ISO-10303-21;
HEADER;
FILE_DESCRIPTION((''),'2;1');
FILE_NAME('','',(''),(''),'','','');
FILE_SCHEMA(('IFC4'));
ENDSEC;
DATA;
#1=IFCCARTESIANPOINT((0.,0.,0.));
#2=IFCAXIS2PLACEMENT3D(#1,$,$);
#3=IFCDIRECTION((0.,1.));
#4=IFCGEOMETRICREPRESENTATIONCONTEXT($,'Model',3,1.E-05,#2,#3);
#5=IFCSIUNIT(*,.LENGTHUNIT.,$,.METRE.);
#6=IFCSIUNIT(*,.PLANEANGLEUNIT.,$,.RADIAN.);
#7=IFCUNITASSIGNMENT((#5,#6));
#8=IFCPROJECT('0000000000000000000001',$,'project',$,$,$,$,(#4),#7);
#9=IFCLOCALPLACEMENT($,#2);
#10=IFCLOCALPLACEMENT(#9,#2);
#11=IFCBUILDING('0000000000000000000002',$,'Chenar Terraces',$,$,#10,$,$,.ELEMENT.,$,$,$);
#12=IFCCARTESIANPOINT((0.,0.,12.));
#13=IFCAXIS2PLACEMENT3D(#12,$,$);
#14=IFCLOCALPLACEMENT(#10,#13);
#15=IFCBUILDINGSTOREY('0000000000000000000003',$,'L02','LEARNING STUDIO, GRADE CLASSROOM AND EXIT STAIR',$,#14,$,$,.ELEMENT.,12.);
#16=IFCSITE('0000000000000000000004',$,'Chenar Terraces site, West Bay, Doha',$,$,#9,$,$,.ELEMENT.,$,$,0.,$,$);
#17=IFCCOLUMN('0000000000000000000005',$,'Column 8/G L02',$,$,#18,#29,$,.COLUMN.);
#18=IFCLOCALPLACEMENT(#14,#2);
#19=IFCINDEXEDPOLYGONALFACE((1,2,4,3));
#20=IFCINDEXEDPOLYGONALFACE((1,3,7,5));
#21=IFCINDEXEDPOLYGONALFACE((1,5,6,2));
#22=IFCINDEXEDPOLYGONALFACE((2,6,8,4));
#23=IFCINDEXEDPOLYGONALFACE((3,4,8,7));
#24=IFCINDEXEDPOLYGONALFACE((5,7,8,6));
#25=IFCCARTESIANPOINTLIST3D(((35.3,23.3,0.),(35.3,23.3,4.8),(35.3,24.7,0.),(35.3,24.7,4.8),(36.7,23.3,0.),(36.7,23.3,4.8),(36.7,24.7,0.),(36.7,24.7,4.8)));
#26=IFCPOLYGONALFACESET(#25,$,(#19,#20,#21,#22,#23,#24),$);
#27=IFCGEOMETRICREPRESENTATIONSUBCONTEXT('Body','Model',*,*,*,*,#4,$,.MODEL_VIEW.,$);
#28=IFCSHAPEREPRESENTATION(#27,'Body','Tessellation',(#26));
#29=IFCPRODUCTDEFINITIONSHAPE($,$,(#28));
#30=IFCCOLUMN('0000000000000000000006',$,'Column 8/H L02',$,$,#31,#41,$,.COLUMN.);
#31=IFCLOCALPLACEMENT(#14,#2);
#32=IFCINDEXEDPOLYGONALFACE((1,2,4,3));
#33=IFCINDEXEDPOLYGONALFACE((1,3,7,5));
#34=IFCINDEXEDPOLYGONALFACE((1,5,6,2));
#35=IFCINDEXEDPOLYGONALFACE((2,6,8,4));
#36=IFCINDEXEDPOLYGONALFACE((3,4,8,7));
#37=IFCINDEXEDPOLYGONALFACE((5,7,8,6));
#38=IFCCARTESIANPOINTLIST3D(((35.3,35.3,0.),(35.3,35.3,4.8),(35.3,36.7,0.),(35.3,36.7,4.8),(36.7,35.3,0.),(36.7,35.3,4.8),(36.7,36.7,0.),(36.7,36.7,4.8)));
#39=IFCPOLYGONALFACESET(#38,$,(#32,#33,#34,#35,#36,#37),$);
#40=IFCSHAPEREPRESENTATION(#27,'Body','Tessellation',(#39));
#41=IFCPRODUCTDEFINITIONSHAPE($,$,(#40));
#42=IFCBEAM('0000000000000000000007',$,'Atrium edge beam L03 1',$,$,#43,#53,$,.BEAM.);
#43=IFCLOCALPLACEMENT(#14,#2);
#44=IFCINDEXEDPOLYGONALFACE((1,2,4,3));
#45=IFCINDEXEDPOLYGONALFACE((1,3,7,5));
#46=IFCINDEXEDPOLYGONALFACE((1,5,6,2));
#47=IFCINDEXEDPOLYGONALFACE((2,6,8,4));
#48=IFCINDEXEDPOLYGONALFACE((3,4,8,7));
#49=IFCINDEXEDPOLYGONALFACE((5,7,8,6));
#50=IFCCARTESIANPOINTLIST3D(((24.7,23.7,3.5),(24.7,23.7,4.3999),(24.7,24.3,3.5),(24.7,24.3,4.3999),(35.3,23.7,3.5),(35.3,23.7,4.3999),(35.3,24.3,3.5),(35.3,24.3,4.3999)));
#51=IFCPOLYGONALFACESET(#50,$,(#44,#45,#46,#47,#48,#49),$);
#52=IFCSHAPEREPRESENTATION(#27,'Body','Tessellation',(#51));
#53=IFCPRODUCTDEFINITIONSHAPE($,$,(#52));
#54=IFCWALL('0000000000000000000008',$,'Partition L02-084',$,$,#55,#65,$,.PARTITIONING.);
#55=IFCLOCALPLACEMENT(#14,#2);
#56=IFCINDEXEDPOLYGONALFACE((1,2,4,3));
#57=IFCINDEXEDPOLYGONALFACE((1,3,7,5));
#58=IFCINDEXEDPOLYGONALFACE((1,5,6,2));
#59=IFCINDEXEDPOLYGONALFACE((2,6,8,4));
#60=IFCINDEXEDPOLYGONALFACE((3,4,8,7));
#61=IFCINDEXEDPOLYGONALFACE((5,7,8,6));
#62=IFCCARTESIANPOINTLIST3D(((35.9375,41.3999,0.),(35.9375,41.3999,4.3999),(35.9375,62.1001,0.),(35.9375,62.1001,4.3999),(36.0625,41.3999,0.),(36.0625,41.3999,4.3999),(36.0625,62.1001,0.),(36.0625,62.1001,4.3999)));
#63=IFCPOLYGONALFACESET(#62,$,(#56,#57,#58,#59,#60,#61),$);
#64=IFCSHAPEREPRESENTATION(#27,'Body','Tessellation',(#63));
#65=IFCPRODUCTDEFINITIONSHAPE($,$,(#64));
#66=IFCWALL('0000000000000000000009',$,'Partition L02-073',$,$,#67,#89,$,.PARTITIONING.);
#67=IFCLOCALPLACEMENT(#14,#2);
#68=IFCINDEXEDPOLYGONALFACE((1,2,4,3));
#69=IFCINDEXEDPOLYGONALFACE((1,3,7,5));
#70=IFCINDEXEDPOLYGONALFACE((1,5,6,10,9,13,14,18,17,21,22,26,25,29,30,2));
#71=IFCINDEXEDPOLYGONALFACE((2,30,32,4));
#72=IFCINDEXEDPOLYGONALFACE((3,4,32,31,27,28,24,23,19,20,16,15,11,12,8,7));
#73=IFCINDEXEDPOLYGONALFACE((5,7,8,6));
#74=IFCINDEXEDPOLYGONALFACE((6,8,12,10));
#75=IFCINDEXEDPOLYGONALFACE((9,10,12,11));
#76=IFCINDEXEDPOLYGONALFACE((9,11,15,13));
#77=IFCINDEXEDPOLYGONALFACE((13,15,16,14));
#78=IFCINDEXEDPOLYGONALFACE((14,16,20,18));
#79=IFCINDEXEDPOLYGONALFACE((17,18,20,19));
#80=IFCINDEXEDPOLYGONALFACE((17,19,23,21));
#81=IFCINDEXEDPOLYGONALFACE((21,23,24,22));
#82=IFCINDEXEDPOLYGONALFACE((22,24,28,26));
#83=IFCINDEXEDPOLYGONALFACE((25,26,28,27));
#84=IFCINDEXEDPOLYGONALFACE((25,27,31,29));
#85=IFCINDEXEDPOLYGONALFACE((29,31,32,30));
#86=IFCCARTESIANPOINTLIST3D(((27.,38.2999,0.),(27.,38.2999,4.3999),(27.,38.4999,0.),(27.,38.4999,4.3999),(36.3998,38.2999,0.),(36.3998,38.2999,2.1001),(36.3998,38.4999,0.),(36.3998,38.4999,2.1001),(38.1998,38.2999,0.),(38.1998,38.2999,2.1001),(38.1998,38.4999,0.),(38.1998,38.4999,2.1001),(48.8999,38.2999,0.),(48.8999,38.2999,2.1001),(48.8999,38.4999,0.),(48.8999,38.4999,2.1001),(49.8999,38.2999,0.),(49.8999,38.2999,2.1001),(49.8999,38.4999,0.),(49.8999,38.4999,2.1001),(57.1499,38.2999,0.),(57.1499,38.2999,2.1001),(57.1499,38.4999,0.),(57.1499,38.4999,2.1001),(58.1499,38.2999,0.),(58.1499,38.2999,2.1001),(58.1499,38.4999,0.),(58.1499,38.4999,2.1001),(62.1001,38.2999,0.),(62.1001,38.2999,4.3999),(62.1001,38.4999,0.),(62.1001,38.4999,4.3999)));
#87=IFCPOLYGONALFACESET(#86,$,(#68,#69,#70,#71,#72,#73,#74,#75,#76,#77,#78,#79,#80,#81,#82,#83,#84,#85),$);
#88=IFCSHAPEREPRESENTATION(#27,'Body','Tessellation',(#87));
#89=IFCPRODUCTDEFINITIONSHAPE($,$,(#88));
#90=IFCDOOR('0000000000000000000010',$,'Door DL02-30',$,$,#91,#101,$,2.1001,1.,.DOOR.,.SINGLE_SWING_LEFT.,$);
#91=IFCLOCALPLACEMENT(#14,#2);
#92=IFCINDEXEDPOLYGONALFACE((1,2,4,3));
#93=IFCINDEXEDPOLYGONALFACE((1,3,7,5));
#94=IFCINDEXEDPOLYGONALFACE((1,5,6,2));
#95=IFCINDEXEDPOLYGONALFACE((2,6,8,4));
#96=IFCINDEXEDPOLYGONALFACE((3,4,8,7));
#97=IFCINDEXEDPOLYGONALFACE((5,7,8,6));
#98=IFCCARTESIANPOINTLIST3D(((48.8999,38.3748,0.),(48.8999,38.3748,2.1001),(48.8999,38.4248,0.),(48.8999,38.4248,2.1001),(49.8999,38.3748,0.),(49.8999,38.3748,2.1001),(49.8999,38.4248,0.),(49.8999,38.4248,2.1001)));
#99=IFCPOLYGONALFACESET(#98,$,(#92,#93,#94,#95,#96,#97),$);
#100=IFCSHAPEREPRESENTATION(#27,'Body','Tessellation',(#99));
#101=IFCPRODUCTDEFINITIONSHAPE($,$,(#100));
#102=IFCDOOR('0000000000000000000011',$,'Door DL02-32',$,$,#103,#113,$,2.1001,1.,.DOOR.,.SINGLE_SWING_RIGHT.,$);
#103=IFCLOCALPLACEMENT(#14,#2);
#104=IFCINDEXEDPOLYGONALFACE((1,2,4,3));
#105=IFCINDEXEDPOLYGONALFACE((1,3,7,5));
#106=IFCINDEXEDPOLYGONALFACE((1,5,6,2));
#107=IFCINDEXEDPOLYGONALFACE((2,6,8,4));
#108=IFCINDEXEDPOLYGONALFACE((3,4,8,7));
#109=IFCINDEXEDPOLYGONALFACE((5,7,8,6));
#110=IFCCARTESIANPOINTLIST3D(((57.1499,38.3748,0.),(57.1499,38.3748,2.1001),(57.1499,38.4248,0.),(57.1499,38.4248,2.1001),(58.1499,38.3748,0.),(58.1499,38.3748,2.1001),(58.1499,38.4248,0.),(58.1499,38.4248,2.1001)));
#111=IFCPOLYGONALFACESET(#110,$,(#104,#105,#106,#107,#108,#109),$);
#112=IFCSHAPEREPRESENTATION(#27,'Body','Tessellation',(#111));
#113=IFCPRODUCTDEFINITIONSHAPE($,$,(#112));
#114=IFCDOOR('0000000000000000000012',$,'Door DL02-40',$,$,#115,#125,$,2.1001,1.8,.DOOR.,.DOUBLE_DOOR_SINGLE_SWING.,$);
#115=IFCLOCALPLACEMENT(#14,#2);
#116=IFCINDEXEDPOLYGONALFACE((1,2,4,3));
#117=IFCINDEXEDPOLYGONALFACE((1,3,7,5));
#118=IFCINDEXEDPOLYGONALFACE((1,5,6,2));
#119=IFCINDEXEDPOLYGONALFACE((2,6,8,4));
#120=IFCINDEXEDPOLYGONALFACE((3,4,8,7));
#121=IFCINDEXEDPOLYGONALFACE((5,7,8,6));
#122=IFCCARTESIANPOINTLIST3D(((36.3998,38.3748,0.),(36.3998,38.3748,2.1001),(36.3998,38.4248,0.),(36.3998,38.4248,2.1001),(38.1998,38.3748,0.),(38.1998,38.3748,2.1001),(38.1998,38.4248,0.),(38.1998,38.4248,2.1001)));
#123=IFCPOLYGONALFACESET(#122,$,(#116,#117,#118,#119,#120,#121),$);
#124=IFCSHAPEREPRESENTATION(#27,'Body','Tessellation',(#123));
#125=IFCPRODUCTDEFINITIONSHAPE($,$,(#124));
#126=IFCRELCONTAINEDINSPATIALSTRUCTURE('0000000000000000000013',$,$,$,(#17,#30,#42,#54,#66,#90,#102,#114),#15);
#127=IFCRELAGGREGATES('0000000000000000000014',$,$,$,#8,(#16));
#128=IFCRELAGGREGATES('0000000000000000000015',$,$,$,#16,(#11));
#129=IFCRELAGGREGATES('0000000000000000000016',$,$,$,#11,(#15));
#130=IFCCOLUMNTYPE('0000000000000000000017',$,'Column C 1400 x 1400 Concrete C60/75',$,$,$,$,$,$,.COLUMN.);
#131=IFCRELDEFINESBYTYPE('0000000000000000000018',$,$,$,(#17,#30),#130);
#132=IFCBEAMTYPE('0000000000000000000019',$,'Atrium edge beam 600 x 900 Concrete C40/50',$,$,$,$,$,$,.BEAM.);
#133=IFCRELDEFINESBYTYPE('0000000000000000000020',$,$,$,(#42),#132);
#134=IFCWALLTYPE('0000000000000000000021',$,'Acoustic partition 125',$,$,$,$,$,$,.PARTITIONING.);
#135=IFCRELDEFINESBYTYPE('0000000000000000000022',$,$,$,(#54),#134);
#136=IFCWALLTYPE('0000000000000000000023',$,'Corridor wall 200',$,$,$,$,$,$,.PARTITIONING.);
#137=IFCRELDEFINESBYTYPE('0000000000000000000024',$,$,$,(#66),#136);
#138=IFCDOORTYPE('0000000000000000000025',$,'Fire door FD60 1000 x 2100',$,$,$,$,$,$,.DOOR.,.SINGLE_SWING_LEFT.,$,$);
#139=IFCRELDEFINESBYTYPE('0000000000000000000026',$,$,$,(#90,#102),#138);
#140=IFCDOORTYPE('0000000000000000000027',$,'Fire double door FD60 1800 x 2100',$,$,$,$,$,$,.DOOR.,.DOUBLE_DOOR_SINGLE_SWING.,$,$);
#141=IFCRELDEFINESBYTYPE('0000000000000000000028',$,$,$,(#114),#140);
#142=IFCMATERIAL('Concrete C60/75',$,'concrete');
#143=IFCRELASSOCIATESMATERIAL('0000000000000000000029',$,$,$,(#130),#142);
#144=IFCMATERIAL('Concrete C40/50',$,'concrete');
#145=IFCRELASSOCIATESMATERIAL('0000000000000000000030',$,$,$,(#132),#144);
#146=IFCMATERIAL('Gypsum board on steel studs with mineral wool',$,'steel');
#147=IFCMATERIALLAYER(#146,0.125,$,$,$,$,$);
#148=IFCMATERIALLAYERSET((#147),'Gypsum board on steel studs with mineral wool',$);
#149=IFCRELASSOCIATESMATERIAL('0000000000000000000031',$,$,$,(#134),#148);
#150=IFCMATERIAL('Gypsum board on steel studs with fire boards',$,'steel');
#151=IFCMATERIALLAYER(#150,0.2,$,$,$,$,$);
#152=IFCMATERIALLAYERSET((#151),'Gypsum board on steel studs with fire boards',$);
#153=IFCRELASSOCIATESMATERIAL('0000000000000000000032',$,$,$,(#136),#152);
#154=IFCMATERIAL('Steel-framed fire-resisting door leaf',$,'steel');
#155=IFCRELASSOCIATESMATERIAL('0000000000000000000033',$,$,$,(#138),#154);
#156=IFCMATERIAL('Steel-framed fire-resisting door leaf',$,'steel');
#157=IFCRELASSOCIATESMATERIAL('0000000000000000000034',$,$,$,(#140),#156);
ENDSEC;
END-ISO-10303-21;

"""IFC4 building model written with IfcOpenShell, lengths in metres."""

from ifc_helpers import new_model, si_unit, direction, frame, frame_2d, origin, origin_2d, place, context, subcontext, project, spatial, rectangle, extrude, material, layer, layer_set, material_profile, profile_set, type_object, element, fill, save


model = new_model("IFC4")

# Units and contexts
model_context = context("Model", 3, precision=1e-05, world=origin(), true_north=direction((0.0, 1.0)))
body_context = subcontext(model_context, "Body", "Model", "MODEL_VIEW")
ifc_project = project(units=[si_unit("LENGTHUNIT", "METRE"), si_unit("PLANEANGLEUNIT", "RADIAN")], contexts=[model_context])

# Site, building, storey
site_placement = place(None, origin())
site = spatial("IfcSite", under=ifc_project, at=site_placement, Name="Chenar Terraces site, West Bay, Doha", CompositionType="ELEMENT", RefElevation=0.0)
building_placement = place(site_placement, origin())
building = spatial("IfcBuilding", under=site, at=building_placement, Name="Chenar Terraces", CompositionType="ELEMENT")
storey_placement = place(building_placement, frame((0.0, 0.0, 12.0)))
storey = spatial("IfcBuildingStorey", under=building, at=storey_placement, Name="L02", Description="LEARNING STUDIO, GRADE CLASSROOM AND EXIT STAIR", CompositionType="ELEMENT", Elevation=12.0)

# Columns
ifc_material_1 = material(Name="Concrete C60/75", Category="concrete")
ifc_material_profile_1 = material_profile(ifc_material_1, rectangle(XDim=1.3999, YDim=1.3999, at=origin_2d()), Name="C 1400 x 1400")
ifc_profile_set_1 = profile_set([ifc_material_profile_1], Name="Concrete C60/75")
column_type = type_object("IfcColumnType", Name="Column C 1400 x 1400 Concrete C60/75", PredefinedType="COLUMN", material=ifc_profile_set_1)
for number, where, z_axis, x_axis, name in (
    (1, (36.0, 24.0, 0.0), (0.0, 0.0, 1.0), (1.0, 0.0, 0.0), "Column 8/G L02"),
    (2, (36.0, 36.0, 0.0), (0.0, 0.0, 1.0), (1.0, 0.0, 0.0), "Column 8/H L02"),
):
    element("IfcColumn", number, at=place(storey_placement, frame(where, z_axis=z_axis, x_axis=x_axis)), inside=storey, type_object=column_type, Name=name, PredefinedType="COLUMN", context=body_context, shape_type="SweptSolid", body=[
        extrude(rectangle(XDim=1.3999, YDim=1.3999, at=origin_2d()), origin(), (0.0, 0.0, 1.0), 4.8),
    ])

# Beam
ifc_material_2 = material(Name="Concrete C40/50", Category="concrete")
ifc_material_profile_2 = material_profile(ifc_material_2, rectangle(XDim=0.6001, YDim=0.8999, at=origin_2d()), Name="RC 600 x 900")
ifc_profile_set_2 = profile_set([ifc_material_profile_2], Name="Concrete C40/50")
beam_type = type_object("IfcBeamType", Name="Atrium edge beam 600 x 900 Concrete C40/50", PredefinedType="BEAM", material=ifc_profile_set_2)
beam_placement = place(storey_placement, frame((24.7, 24.0, 3.95), z_axis=(1.0, 0.0, 0.0), x_axis=(0.0, 1.0, 0.0)))
element("IfcBeam", 3, at=beam_placement, inside=storey, type_object=beam_type, Name="Atrium edge beam L03 1", PredefinedType="BEAM", context=body_context, shape_type="SweptSolid", body=[
    extrude(rectangle(XDim=0.6001, YDim=0.8999, at=origin_2d()), origin(), (0.0, 0.0, 1.0), 10.6001),
])

# Wall
ifc_material_3 = material(Name="Gypsum board on steel studs with mineral wool", Category="steel")
ifc_layer_1 = layer(ifc_material_3, 0.125)
ifc_layer_set_1 = layer_set([ifc_layer_1], Name="Gypsum board on steel studs with mineral wool")
wall_type_1 = type_object("IfcWallType", Name="Acoustic partition 125", PredefinedType="PARTITIONING", material=ifc_layer_set_1)
wall_1_placement = place(storey_placement, frame((36.0, 41.3999, 0.0), z_axis=(0.0, 0.0, 1.0), x_axis=(0.0, 1.0, 0.0)))
element("IfcWall", 4, at=wall_1_placement, inside=storey, type_object=wall_type_1, Name="Partition L02-084", PredefinedType="PARTITIONING", context=body_context, shape_type="SweptSolid", body=[
    extrude(rectangle(XDim=20.7002, YDim=0.125, at=frame_2d((10.3501, 0.0))), origin(), (0.0, 0.0, 1.0), 4.3999),
])

# Wall, openings, doors
ifc_material_4 = material(Name="Gypsum board on steel studs with fire boards", Category="steel")
ifc_layer_2 = layer(ifc_material_4, 0.2)
ifc_layer_set_2 = layer_set([ifc_layer_2], Name="Gypsum board on steel studs with fire boards")
wall_type_2 = type_object("IfcWallType", Name="Corridor wall 200", PredefinedType="PARTITIONING", material=ifc_layer_set_2)
wall_2_placement = place(storey_placement, frame((27.0, 38.3999, 0.0), z_axis=(0.0, 0.0, 1.0), x_axis=(1.0, 0.0, 0.0)))
wall_2 = element("IfcWall", 5, at=wall_2_placement, inside=storey, type_object=wall_type_2, Name="Partition L02-073", PredefinedType="PARTITIONING", context=body_context, shape_type="SweptSolid", body=[
    extrude(rectangle(XDim=35.1001, YDim=0.2, at=frame_2d((17.55, 0.0))), origin(), (0.0, 0.0, 1.0), 4.3999),
])
opening_1_placement = place(wall_2_placement, frame((21.8999, 0.0, 0.0)))
opening_1 = element("IfcOpeningElement", 6, at=opening_1_placement, cuts=wall_2, PredefinedType="OPENING", context=body_context, shape_type="SweptSolid", body=[
    extrude(rectangle(XDim=1.0, YDim=2.1001, at=frame_2d((0.5, 1.05))), frame((0.0, 0.1099, 0.0), z_axis=(0.0, -1.0, 0.0), x_axis=(1.0, 0.0, 0.0)), (0.0, 0.0, 1.0), 0.22),
])
opening_2_placement = place(wall_2_placement, frame((30.1499, 0.0, 0.0)))
opening_2 = element("IfcOpeningElement", 7, at=opening_2_placement, cuts=wall_2, PredefinedType="OPENING", context=body_context, shape_type="SweptSolid", body=[
    extrude(rectangle(XDim=1.0, YDim=2.1001, at=frame_2d((0.5, 1.05))), frame((0.0, 0.1099, 0.0), z_axis=(0.0, -1.0, 0.0), x_axis=(1.0, 0.0, 0.0)), (0.0, 0.0, 1.0), 0.22),
])
opening_3_placement = place(wall_2_placement, frame((9.3999, 0.0, 0.0)))
opening_3 = element("IfcOpeningElement", 8, at=opening_3_placement, cuts=wall_2, PredefinedType="OPENING", context=body_context, shape_type="SweptSolid", body=[
    extrude(rectangle(XDim=1.8, YDim=2.1001, at=frame_2d((0.8999, 1.05))), frame((0.0, 0.1099, 0.0), z_axis=(0.0, -1.0, 0.0), x_axis=(1.0, 0.0, 0.0)), (0.0, 0.0, 1.0), 0.22),
])
ifc_material_5 = material(Name="Steel-framed fire-resisting door leaf", Category="steel")
door_type_1 = type_object("IfcDoorType", Name="Fire door FD60 1000 x 2100", OperationType="SINGLE_SWING_LEFT", PredefinedType="DOOR", material=ifc_material_5)
door_1_placement = place(opening_1_placement, origin())
door_1 = element("IfcDoor", 9, at=door_1_placement, inside=storey, type_object=door_type_1, Name="Door DL02-30", OperationType="SINGLE_SWING_LEFT", OverallHeight=2.1001, OverallWidth=1.0, PredefinedType="DOOR", context=body_context, shape_type="SweptSolid", body=[
    extrude(rectangle(XDim=1.0, YDim=2.1001, at=frame_2d((0.5, 1.05))), frame((0.0, 0.0249, 0.0), z_axis=(0.0, -1.0, 0.0), x_axis=(1.0, 0.0, 0.0)), (0.0, 0.0, 1.0), 0.05),
])
fill(opening_1, door_1)
door_2_placement = place(opening_2_placement, origin())
door_2 = element("IfcDoor", 10, at=door_2_placement, inside=storey, type_object=door_type_1, Name="Door DL02-32", OperationType="SINGLE_SWING_RIGHT", OverallHeight=2.1001, OverallWidth=1.0, PredefinedType="DOOR", context=body_context, shape_type="SweptSolid", body=[
    extrude(rectangle(XDim=1.0, YDim=2.1001, at=frame_2d((0.5, 1.05))), frame((0.0, 0.0249, 0.0), z_axis=(0.0, -1.0, 0.0), x_axis=(1.0, 0.0, 0.0)), (0.0, 0.0, 1.0), 0.05),
])
fill(opening_2, door_2)
ifc_material_6 = material(Name="Steel-framed fire-resisting door leaf", Category="steel")
door_type_2 = type_object("IfcDoorType", Name="Fire double door FD60 1800 x 2100", OperationType="DOUBLE_DOOR_SINGLE_SWING", PredefinedType="DOOR", material=ifc_material_6)
door_3_placement = place(opening_3_placement, origin())
door_3 = element("IfcDoor", 11, at=door_3_placement, inside=storey, type_object=door_type_2, Name="Door DL02-40", OperationType="DOUBLE_DOOR_SINGLE_SWING", OverallHeight=2.1001, OverallWidth=1.8, PredefinedType="DOOR", context=body_context, shape_type="SweptSolid", body=[
    extrude(rectangle(XDim=1.8, YDim=2.1001, at=frame_2d((0.8999, 1.05))), frame((0.0, 0.0249, 0.0), z_axis=(0.0, -1.0, 0.0), x_axis=(1.0, 0.0, 0.0)), (0.0, 0.0, 1.0), 0.05),
])
fill(opening_3, door_3)

save(model, "model.ifc")
